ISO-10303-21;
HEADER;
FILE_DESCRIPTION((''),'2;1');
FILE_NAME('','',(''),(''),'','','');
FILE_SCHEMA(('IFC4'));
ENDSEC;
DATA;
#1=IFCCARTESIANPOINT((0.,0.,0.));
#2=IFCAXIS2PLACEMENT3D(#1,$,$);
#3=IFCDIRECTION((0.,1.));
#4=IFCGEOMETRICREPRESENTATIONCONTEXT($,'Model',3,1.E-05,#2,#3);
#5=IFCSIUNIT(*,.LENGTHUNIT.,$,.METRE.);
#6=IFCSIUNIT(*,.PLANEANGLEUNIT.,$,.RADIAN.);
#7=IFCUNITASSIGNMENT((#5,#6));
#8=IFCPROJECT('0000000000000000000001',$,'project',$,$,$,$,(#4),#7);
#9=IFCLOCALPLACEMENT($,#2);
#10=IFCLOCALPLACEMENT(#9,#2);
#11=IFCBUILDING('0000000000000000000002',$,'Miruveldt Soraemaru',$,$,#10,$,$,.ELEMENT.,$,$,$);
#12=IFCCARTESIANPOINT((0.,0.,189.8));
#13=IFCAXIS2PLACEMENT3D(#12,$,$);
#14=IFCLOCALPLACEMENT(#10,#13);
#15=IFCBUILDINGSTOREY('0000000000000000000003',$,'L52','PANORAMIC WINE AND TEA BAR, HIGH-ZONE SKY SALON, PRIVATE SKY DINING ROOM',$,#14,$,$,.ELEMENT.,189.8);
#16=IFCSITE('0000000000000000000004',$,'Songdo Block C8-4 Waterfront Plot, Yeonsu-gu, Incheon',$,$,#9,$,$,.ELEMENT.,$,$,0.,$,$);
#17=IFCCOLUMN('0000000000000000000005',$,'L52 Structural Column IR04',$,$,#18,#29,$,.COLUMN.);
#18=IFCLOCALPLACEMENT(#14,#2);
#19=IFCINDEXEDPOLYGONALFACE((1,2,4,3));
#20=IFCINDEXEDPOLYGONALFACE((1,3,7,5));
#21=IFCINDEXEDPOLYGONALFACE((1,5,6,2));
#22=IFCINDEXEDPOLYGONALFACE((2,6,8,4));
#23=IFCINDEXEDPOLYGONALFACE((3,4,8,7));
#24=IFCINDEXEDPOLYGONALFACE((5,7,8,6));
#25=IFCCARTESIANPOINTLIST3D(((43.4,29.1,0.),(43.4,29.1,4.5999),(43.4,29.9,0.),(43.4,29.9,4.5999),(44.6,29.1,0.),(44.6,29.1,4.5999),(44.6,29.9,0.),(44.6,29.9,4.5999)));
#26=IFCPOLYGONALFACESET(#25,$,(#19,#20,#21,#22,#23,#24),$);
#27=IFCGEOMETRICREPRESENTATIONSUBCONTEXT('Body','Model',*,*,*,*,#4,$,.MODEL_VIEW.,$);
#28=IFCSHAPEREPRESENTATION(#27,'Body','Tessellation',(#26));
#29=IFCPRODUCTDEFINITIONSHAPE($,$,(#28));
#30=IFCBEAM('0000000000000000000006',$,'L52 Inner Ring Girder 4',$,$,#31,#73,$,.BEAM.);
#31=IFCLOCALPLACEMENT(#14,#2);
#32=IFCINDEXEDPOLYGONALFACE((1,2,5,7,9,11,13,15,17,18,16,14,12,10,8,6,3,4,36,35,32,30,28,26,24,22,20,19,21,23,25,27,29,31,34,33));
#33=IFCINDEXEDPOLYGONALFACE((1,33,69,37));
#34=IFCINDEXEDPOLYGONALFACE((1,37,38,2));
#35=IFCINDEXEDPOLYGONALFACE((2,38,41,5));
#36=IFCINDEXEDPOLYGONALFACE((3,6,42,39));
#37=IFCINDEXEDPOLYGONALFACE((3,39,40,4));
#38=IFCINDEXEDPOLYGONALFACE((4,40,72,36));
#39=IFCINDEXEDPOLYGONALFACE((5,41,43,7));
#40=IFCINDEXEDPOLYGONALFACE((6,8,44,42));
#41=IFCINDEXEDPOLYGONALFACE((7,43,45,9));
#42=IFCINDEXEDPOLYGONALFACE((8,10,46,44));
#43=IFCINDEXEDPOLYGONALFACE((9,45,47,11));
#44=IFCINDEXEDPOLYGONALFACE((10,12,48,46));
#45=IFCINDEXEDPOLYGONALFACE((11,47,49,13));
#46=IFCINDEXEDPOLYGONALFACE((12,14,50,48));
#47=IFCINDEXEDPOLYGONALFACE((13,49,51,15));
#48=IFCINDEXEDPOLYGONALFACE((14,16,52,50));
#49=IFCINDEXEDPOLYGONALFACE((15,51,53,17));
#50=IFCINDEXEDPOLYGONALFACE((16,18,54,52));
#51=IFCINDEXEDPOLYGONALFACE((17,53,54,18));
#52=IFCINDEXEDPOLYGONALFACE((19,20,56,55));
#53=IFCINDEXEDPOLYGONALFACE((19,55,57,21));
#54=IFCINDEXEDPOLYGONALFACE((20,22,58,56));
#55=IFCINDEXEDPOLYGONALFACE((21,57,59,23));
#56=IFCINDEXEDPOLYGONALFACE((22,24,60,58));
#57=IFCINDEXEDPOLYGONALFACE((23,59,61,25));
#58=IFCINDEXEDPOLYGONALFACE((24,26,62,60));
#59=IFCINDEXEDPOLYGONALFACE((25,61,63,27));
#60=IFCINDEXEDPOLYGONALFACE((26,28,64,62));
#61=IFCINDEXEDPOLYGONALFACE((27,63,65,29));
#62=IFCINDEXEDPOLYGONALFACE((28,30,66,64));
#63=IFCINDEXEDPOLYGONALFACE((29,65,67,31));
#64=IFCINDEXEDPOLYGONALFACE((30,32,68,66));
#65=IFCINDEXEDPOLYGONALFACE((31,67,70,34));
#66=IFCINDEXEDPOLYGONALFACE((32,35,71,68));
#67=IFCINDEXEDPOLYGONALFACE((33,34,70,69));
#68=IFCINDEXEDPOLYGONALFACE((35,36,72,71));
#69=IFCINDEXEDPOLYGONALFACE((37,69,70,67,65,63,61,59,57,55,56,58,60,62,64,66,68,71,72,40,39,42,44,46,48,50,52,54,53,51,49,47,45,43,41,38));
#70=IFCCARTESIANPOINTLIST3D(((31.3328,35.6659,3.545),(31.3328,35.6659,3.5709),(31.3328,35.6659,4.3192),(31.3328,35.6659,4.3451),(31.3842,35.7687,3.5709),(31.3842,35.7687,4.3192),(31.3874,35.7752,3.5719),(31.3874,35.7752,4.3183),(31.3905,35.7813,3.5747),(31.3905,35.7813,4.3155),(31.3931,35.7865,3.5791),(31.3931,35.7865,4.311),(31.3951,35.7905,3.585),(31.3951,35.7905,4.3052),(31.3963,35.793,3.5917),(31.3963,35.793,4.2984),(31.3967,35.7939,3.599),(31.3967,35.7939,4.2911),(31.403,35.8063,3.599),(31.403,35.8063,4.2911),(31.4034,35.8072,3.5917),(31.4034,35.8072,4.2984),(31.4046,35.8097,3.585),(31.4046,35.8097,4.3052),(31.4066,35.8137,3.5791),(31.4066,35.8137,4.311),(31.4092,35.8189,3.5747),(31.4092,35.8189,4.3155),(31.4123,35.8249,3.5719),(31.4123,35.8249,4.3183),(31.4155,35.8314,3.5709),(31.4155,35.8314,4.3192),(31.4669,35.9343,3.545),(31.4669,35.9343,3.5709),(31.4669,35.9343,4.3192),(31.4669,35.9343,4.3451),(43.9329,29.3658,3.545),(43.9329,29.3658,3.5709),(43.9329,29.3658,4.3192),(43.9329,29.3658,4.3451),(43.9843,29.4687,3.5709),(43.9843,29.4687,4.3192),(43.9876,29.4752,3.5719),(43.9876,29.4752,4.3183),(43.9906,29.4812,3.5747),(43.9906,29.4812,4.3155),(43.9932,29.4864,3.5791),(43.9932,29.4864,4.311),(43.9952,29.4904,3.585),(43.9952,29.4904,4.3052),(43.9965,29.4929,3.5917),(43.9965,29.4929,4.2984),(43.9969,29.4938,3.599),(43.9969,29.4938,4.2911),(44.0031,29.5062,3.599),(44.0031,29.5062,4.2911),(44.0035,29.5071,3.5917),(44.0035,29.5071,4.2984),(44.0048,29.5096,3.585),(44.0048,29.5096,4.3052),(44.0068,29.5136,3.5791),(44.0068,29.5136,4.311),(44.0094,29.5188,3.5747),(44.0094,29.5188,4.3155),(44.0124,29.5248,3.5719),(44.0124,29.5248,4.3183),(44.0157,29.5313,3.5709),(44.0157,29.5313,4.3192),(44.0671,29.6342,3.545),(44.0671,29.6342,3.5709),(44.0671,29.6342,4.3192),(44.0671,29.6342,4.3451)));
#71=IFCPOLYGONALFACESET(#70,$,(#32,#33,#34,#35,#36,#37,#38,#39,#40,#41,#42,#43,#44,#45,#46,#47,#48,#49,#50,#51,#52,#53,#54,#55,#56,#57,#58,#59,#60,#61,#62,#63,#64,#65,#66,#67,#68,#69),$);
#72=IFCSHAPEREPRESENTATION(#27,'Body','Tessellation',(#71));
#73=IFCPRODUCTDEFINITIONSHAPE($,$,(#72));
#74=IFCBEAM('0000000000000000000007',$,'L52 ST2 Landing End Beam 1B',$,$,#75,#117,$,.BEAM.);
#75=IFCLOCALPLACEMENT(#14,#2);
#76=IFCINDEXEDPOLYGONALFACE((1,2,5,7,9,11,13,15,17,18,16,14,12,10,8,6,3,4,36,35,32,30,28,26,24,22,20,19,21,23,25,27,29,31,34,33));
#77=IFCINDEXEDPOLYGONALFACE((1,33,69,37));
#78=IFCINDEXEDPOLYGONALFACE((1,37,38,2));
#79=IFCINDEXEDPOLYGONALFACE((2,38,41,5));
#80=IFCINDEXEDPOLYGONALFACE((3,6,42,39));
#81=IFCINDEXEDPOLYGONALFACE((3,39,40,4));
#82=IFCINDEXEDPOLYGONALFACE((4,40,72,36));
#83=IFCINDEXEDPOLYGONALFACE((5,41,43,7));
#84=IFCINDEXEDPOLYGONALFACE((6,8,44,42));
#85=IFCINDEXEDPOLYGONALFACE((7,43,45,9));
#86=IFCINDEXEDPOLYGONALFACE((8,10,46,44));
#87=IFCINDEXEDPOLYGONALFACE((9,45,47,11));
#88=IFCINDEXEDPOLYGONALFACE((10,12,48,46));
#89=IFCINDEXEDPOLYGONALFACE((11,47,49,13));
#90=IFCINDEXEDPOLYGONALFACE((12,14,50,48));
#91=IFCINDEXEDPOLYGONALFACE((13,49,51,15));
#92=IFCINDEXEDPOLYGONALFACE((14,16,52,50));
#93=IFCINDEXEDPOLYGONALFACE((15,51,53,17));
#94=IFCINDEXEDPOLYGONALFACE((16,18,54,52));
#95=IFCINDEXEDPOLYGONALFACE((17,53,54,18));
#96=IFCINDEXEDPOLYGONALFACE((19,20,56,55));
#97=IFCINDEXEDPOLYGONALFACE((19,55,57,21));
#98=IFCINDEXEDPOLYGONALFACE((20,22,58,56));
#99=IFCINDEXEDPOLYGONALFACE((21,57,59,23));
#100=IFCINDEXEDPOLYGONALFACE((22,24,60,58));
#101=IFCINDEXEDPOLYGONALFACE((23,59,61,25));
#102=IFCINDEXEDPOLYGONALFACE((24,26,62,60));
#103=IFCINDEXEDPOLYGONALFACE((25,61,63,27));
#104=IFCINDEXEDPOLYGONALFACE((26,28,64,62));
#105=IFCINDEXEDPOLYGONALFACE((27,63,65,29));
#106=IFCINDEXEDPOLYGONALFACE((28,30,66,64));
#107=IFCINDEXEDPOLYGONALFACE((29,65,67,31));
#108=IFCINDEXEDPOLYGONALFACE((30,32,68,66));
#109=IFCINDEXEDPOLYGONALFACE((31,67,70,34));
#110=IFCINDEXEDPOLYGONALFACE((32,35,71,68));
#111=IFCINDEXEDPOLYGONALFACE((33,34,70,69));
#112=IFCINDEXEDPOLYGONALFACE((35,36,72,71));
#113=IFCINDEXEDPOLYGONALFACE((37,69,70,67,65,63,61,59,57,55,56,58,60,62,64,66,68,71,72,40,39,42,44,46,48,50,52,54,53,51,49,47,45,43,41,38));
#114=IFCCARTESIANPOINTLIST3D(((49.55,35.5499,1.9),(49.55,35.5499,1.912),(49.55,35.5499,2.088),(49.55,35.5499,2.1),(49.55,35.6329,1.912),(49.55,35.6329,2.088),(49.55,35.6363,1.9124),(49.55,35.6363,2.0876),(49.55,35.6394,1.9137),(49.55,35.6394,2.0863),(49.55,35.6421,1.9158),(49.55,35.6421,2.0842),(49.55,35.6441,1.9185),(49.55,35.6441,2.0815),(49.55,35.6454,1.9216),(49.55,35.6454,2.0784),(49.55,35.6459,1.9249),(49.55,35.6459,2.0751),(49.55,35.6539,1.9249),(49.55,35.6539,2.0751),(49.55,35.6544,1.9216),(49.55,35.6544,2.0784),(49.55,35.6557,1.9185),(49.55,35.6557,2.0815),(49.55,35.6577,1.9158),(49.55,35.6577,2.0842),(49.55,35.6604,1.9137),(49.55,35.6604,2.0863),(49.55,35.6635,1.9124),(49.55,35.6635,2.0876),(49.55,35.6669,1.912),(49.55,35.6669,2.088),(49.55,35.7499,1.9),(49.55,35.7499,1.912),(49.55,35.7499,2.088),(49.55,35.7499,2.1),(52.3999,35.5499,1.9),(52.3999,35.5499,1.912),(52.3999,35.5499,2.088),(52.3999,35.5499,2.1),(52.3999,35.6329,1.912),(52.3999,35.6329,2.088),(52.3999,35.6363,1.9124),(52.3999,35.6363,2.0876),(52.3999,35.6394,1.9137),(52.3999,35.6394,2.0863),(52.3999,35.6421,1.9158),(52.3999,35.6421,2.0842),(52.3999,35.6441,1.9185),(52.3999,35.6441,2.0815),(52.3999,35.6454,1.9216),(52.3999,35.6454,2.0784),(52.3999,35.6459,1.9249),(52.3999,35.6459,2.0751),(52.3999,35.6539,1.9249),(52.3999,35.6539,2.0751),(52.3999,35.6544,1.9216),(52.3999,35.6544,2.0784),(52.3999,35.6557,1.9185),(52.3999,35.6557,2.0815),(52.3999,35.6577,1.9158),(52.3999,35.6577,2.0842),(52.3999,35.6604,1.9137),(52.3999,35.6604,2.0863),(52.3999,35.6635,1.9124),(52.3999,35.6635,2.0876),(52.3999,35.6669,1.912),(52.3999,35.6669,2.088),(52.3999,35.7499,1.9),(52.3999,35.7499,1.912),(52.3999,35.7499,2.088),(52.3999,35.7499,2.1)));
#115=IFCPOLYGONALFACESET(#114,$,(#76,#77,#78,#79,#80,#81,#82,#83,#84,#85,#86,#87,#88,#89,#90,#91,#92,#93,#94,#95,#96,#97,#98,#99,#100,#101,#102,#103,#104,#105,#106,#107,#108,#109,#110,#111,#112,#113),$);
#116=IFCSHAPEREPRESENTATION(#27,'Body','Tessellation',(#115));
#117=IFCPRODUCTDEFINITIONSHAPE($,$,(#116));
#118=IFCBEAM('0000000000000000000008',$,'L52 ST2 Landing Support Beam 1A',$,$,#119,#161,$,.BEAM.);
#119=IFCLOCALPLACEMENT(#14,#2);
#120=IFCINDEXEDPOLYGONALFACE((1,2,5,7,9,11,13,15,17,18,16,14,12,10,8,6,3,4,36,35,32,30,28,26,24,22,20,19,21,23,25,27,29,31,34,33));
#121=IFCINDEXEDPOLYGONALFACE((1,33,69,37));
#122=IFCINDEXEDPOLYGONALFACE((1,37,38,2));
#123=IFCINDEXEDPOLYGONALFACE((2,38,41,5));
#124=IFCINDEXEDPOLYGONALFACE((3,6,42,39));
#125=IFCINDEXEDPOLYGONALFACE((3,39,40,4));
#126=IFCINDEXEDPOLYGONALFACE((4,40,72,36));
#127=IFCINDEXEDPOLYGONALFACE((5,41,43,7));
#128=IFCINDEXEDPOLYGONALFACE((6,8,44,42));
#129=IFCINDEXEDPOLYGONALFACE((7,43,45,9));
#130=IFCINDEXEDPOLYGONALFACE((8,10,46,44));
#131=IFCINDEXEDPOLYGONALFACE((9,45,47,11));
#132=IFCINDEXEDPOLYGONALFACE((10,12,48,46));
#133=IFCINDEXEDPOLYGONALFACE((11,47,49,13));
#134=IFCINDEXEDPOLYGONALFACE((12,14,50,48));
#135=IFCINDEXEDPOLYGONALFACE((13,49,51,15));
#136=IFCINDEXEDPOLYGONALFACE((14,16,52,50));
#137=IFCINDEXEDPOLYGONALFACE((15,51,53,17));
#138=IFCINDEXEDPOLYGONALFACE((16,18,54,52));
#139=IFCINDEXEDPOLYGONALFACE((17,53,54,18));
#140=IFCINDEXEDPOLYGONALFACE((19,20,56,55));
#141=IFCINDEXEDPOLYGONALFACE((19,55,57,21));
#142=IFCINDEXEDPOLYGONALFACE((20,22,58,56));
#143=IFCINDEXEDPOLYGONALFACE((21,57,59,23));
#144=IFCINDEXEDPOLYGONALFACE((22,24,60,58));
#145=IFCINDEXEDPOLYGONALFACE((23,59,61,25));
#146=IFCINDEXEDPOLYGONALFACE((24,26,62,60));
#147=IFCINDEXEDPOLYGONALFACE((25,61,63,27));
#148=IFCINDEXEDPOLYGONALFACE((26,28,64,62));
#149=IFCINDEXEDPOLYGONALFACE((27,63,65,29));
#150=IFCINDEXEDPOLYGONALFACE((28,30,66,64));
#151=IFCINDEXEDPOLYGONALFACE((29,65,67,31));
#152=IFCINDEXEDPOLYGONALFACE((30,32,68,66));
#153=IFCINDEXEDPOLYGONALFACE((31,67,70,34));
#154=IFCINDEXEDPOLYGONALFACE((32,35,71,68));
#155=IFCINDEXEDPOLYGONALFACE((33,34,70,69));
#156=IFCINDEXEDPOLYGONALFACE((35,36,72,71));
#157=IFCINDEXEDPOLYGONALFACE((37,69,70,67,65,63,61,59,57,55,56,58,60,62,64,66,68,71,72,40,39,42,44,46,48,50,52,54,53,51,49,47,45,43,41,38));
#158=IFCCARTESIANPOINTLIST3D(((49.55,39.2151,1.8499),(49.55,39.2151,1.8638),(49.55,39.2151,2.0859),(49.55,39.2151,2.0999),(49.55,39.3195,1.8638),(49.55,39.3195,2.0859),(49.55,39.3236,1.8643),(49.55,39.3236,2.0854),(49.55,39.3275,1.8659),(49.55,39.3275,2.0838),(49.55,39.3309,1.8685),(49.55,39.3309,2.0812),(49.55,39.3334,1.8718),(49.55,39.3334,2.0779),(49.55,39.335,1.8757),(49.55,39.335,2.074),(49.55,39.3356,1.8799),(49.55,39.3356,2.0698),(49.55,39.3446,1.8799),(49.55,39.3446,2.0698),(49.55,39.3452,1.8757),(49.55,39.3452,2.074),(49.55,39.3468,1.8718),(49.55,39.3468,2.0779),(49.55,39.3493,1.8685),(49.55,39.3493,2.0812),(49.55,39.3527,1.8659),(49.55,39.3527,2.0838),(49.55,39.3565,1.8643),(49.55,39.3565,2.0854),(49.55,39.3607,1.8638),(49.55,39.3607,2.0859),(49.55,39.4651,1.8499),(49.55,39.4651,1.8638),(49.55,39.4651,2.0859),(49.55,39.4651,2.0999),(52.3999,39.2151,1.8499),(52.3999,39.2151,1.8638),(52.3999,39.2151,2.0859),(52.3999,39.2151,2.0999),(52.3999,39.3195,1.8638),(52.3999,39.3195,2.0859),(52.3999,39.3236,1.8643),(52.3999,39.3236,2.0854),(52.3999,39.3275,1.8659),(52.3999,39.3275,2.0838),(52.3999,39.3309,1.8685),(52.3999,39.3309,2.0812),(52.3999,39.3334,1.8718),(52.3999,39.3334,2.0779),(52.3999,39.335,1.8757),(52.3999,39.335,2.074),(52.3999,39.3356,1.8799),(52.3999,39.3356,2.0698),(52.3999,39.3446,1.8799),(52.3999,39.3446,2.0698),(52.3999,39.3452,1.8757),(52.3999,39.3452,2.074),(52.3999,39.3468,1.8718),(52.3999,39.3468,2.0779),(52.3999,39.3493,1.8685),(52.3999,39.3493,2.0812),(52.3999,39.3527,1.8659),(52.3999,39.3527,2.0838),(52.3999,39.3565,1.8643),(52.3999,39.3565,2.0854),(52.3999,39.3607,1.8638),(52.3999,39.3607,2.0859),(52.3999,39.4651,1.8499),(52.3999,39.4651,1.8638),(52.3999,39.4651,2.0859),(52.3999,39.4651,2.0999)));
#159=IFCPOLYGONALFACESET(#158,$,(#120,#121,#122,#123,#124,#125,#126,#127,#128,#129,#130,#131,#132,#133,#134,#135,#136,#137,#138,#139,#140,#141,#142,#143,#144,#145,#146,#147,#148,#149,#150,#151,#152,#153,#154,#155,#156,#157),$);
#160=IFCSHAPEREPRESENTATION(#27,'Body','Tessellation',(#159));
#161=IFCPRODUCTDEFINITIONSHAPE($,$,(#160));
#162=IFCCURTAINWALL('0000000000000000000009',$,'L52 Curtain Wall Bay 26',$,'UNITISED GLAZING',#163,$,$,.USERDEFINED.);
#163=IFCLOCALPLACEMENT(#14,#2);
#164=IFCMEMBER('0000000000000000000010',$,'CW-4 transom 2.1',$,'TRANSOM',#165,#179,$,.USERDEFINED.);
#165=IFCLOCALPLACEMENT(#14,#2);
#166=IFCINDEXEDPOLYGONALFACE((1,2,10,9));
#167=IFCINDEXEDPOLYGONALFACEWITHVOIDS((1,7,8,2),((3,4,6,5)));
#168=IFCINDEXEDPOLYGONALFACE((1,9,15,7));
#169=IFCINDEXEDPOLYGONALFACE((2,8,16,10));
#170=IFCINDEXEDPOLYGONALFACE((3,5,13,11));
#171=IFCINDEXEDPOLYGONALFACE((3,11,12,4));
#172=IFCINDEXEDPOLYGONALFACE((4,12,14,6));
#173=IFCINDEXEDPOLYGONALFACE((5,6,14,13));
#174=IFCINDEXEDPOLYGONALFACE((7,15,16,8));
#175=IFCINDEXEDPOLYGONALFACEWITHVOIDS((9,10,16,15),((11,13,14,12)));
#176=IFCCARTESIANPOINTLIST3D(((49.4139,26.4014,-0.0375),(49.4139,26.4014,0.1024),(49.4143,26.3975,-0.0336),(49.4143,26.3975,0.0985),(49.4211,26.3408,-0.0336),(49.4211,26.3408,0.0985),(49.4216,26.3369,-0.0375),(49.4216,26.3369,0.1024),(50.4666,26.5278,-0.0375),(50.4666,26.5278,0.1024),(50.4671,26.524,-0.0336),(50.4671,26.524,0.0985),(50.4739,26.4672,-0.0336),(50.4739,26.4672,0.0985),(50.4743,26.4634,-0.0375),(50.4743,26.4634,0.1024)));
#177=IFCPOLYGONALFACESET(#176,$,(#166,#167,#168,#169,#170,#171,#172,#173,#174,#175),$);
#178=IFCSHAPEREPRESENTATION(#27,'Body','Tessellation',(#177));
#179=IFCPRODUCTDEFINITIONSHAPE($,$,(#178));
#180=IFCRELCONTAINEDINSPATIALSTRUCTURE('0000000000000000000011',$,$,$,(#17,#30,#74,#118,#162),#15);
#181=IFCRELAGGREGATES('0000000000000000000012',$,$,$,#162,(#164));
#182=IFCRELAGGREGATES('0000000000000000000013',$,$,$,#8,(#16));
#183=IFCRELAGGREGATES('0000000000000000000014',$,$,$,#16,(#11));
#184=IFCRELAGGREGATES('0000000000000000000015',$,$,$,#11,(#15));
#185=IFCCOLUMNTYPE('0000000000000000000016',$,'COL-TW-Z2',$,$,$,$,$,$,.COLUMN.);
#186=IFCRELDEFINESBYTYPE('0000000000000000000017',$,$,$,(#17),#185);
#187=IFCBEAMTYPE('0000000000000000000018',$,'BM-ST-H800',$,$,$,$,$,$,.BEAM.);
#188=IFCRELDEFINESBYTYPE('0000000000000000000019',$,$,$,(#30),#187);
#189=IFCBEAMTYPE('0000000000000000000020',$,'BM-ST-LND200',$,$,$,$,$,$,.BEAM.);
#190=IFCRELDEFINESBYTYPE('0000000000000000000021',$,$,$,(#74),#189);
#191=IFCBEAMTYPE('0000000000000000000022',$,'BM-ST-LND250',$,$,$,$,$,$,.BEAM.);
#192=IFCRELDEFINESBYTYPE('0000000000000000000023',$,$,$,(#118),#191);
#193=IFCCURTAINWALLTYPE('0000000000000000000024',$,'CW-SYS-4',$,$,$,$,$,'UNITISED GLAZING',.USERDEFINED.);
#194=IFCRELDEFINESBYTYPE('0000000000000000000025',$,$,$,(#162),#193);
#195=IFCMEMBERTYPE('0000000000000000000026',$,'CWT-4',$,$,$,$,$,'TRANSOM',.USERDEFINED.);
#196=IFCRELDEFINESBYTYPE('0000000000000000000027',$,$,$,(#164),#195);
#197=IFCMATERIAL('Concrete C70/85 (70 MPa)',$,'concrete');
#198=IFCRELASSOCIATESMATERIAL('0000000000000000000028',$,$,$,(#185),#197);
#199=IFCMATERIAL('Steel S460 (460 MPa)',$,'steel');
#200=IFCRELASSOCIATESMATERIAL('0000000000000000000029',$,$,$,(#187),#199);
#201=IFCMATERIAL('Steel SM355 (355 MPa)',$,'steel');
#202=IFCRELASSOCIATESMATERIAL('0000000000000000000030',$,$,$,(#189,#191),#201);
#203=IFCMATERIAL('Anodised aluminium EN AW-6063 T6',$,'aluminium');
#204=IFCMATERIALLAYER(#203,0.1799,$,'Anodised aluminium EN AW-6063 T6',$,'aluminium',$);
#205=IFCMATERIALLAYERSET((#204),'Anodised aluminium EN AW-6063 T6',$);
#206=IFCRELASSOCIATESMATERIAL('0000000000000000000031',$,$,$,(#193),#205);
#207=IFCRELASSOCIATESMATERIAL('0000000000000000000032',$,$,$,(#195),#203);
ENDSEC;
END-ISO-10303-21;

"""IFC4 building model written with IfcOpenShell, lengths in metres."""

from ifc_helpers import new_model, si_unit, direction, frame, origin, origin_2d, place, context, subcontext, project, spatial, rectangle, hollow_rectangle, i_section, extrude, material, layer, layer_set, material_profile, profile_set, type_object, element, aggregate, save


model = new_model("IFC4")

# Units and contexts
model_context = context("Model", 3, precision=1e-05, world=origin(), true_north=direction((0.0, 1.0)))
body_context = subcontext(model_context, "Body", "Model", "MODEL_VIEW")
ifc_project = project(units=[si_unit("LENGTHUNIT", "METRE"), si_unit("PLANEANGLEUNIT", "RADIAN")], contexts=[model_context])

# Site, building, storey
site_placement = place(None, origin())
site = spatial("IfcSite", under=ifc_project, at=site_placement, Name="Songdo Block C8-4 Waterfront Plot, Yeonsu-gu, Incheon", CompositionType="ELEMENT", RefElevation=0.0)
building_placement = place(site_placement, origin())
building = spatial("IfcBuilding", under=site, at=building_placement, Name="Miruveldt Soraemaru", CompositionType="ELEMENT")
storey_placement = place(building_placement, frame((0.0, 0.0, 189.8)))
storey = spatial("IfcBuildingStorey", under=building, at=storey_placement, Name="L52", Description="PANORAMIC WINE AND TEA BAR, HIGH-ZONE SKY SALON, PRIVATE SKY DINING ROOM", CompositionType="ELEMENT", Elevation=189.8)

# Column
ifc_material_1 = material(Name="Concrete C70/85 (70 MPa)", Category="concrete")
ifc_material_profile_1 = material_profile(ifc_material_1, rectangle(XDim=1.2, YDim=0.8, at=origin_2d()), Name="Concrete C70/85 (70 MPa)", Category="concrete")
ifc_profile_set_1 = profile_set([ifc_material_profile_1], Name="Concrete C70/85 (70 MPa)")
column_type = type_object("IfcColumnType", Name="COL-TW-Z2", PredefinedType="COLUMN", material=ifc_profile_set_1)
column_placement = place(storey_placement, frame((44.0, 29.5, 0.0), z_axis=(0.0, 0.0, 1.0), x_axis=(1.0, 0.0, 0.0)))
element("IfcColumn", 1, at=column_placement, inside=storey, type_object=column_type, Name="L52 Structural Column IR04", PredefinedType="COLUMN", context=body_context, shape_type="SweptSolid", body=[
    extrude(rectangle(XDim=1.2, YDim=0.8, at=origin_2d()), origin(), (0.0, 0.0, 1.0), 4.5999),
])

# Beams
ifc_material_2 = material(Name="Steel S460 (460 MPa)", Category="steel")
ifc_material_profile_2 = material_profile(ifc_material_2, i_section(OverallWidth=0.3, OverallDepth=0.8, WebThickness=0.0139, FlangeThickness=0.0259, FilletRadius=0.0281, at=origin_2d()), Name="Steel S460 (460 MPa)", Category="steel")
ifc_profile_set_2 = profile_set([ifc_material_profile_2], Name="Steel S460 (460 MPa)")
beam_type_1 = type_object("IfcBeamType", Name="BM-ST-H800", PredefinedType="BEAM", material=ifc_profile_set_2)
beam_1_placement = place(storey_placement, frame((44.0, 29.5, 3.9451), z_axis=(-0.894427, 0.447214, 0.0), x_axis=(-0.447214, -0.894427, 0.0)))
element("IfcBeam", 2, at=beam_1_placement, inside=storey, type_object=beam_type_1, Name="L52 Inner Ring Girder 4", PredefinedType="BEAM", context=body_context, shape_type="SweptSolid", body=[
    extrude(i_section(OverallWidth=0.3, OverallDepth=0.8, WebThickness=0.0139, FlangeThickness=0.0259, FilletRadius=0.0281, at=origin_2d()), origin(), (0.0, 0.0, 1.0), 14.0874),
])
ifc_material_3 = material(Name="Steel SM355 (355 MPa)", Category="steel")
ifc_material_profile_3 = material_profile(ifc_material_3, i_section(OverallWidth=0.2, OverallDepth=0.2, WebThickness=0.0081, FlangeThickness=0.012, FilletRadius=0.0129, at=origin_2d()), Name="Steel SM355 (355 MPa)", Category="steel")
ifc_profile_set_3 = profile_set([ifc_material_profile_3], Name="Steel SM355 (355 MPa)")
beam_type_2 = type_object("IfcBeamType", Name="BM-ST-LND200", PredefinedType="BEAM", material=ifc_profile_set_3)
beam_2_placement = place(storey_placement, frame((49.55, 35.6499, 2.0), z_axis=(1.0, 0.0, 0.0), x_axis=(0.0, 1.0, 0.0)))
element("IfcBeam", 3, at=beam_2_placement, inside=storey, type_object=beam_type_2, Name="L52 ST2 Landing End Beam 1B", PredefinedType="BEAM", context=body_context, shape_type="SweptSolid", body=[
    extrude(i_section(OverallWidth=0.2, OverallDepth=0.2, WebThickness=0.0081, FlangeThickness=0.012, FilletRadius=0.0129, at=origin_2d()), origin(), (0.0, 0.0, 1.0), 2.8499),
])
ifc_material_profile_4 = material_profile(ifc_material_3, i_section(OverallWidth=0.25, OverallDepth=0.25, WebThickness=0.009, FlangeThickness=0.0139, FilletRadius=0.0161, at=origin_2d()), Name="Steel SM355 (355 MPa)", Category="steel")
ifc_profile_set_4 = profile_set([ifc_material_profile_4], Name="Steel SM355 (355 MPa)")
beam_type_3 = type_object("IfcBeamType", Name="BM-ST-LND250", PredefinedType="BEAM", material=ifc_profile_set_4)
beam_3_placement = place(storey_placement, frame((49.55, 39.3401, 1.9749), z_axis=(1.0, 0.0, 0.0), x_axis=(0.0, 1.0, 0.0)))
element("IfcBeam", 4, at=beam_3_placement, inside=storey, type_object=beam_type_3, Name="L52 ST2 Landing Support Beam 1A", PredefinedType="BEAM", context=body_context, shape_type="SweptSolid", body=[
    extrude(i_section(OverallWidth=0.25, OverallDepth=0.25, WebThickness=0.009, FlangeThickness=0.0139, FilletRadius=0.0161, at=origin_2d()), origin(), (0.0, 0.0, 1.0), 2.8499),
])

# Curtain wall, member
ifc_material_4 = material(Name="Anodised aluminium EN AW-6063 T6", Category="aluminium")
ifc_layer_1 = layer(ifc_material_4, 0.1799, Name="Anodised aluminium EN AW-6063 T6", Category="aluminium")
ifc_layer_set_1 = layer_set([ifc_layer_1], Name="Anodised aluminium EN AW-6063 T6")
curtain_wall_type = type_object("IfcCurtainWallType", Name="CW-SYS-4", ElementType="UNITISED GLAZING", PredefinedType="USERDEFINED", material=ifc_layer_set_1)
curtain_wall_placement = place(storey_placement, origin())
curtain_wall = element("IfcCurtainWall", 5, at=curtain_wall_placement, inside=storey, type_object=curtain_wall_type, Name="L52 Curtain Wall Bay 26", ObjectType="UNITISED GLAZING", PredefinedType="USERDEFINED")
ifc_material_profile_5 = material_profile(ifc_material_4, hollow_rectangle(XDim=0.0649, YDim=0.1399, WallThickness=0.0039, at=origin_2d()), Name="Anodised aluminium EN AW-6063 T6", Category="aluminium")
ifc_profile_set_5 = profile_set([ifc_material_profile_5], Name="Anodised aluminium EN AW-6063 T6")
member_type = type_object("IfcMemberType", Name="CWT-4", ElementType="TRANSOM", PredefinedType="USERDEFINED", material=ifc_profile_set_5)
member_1_placement = place(storey_placement, frame((49.4177, 26.3691, 0.0325), z_axis=(0.992862, 0.119272, 0.0), x_axis=(-0.119272, 0.992862, 0.0)))
member_1 = element("IfcMember", 6, at=member_1_placement, type_object=member_type, Name="CW-4 transom 2.1", ObjectType="TRANSOM", PredefinedType="USERDEFINED", context=body_context, shape_type="SweptSolid", body=[
    extrude(hollow_rectangle(XDim=0.0649, YDim=0.1399, WallThickness=0.0039, at=origin_2d()), origin(), (0.0, 0.0, 1.0), 1.0603),
])
aggregate(curtain_wall, [member_1])

save(model, "model.ifc")
